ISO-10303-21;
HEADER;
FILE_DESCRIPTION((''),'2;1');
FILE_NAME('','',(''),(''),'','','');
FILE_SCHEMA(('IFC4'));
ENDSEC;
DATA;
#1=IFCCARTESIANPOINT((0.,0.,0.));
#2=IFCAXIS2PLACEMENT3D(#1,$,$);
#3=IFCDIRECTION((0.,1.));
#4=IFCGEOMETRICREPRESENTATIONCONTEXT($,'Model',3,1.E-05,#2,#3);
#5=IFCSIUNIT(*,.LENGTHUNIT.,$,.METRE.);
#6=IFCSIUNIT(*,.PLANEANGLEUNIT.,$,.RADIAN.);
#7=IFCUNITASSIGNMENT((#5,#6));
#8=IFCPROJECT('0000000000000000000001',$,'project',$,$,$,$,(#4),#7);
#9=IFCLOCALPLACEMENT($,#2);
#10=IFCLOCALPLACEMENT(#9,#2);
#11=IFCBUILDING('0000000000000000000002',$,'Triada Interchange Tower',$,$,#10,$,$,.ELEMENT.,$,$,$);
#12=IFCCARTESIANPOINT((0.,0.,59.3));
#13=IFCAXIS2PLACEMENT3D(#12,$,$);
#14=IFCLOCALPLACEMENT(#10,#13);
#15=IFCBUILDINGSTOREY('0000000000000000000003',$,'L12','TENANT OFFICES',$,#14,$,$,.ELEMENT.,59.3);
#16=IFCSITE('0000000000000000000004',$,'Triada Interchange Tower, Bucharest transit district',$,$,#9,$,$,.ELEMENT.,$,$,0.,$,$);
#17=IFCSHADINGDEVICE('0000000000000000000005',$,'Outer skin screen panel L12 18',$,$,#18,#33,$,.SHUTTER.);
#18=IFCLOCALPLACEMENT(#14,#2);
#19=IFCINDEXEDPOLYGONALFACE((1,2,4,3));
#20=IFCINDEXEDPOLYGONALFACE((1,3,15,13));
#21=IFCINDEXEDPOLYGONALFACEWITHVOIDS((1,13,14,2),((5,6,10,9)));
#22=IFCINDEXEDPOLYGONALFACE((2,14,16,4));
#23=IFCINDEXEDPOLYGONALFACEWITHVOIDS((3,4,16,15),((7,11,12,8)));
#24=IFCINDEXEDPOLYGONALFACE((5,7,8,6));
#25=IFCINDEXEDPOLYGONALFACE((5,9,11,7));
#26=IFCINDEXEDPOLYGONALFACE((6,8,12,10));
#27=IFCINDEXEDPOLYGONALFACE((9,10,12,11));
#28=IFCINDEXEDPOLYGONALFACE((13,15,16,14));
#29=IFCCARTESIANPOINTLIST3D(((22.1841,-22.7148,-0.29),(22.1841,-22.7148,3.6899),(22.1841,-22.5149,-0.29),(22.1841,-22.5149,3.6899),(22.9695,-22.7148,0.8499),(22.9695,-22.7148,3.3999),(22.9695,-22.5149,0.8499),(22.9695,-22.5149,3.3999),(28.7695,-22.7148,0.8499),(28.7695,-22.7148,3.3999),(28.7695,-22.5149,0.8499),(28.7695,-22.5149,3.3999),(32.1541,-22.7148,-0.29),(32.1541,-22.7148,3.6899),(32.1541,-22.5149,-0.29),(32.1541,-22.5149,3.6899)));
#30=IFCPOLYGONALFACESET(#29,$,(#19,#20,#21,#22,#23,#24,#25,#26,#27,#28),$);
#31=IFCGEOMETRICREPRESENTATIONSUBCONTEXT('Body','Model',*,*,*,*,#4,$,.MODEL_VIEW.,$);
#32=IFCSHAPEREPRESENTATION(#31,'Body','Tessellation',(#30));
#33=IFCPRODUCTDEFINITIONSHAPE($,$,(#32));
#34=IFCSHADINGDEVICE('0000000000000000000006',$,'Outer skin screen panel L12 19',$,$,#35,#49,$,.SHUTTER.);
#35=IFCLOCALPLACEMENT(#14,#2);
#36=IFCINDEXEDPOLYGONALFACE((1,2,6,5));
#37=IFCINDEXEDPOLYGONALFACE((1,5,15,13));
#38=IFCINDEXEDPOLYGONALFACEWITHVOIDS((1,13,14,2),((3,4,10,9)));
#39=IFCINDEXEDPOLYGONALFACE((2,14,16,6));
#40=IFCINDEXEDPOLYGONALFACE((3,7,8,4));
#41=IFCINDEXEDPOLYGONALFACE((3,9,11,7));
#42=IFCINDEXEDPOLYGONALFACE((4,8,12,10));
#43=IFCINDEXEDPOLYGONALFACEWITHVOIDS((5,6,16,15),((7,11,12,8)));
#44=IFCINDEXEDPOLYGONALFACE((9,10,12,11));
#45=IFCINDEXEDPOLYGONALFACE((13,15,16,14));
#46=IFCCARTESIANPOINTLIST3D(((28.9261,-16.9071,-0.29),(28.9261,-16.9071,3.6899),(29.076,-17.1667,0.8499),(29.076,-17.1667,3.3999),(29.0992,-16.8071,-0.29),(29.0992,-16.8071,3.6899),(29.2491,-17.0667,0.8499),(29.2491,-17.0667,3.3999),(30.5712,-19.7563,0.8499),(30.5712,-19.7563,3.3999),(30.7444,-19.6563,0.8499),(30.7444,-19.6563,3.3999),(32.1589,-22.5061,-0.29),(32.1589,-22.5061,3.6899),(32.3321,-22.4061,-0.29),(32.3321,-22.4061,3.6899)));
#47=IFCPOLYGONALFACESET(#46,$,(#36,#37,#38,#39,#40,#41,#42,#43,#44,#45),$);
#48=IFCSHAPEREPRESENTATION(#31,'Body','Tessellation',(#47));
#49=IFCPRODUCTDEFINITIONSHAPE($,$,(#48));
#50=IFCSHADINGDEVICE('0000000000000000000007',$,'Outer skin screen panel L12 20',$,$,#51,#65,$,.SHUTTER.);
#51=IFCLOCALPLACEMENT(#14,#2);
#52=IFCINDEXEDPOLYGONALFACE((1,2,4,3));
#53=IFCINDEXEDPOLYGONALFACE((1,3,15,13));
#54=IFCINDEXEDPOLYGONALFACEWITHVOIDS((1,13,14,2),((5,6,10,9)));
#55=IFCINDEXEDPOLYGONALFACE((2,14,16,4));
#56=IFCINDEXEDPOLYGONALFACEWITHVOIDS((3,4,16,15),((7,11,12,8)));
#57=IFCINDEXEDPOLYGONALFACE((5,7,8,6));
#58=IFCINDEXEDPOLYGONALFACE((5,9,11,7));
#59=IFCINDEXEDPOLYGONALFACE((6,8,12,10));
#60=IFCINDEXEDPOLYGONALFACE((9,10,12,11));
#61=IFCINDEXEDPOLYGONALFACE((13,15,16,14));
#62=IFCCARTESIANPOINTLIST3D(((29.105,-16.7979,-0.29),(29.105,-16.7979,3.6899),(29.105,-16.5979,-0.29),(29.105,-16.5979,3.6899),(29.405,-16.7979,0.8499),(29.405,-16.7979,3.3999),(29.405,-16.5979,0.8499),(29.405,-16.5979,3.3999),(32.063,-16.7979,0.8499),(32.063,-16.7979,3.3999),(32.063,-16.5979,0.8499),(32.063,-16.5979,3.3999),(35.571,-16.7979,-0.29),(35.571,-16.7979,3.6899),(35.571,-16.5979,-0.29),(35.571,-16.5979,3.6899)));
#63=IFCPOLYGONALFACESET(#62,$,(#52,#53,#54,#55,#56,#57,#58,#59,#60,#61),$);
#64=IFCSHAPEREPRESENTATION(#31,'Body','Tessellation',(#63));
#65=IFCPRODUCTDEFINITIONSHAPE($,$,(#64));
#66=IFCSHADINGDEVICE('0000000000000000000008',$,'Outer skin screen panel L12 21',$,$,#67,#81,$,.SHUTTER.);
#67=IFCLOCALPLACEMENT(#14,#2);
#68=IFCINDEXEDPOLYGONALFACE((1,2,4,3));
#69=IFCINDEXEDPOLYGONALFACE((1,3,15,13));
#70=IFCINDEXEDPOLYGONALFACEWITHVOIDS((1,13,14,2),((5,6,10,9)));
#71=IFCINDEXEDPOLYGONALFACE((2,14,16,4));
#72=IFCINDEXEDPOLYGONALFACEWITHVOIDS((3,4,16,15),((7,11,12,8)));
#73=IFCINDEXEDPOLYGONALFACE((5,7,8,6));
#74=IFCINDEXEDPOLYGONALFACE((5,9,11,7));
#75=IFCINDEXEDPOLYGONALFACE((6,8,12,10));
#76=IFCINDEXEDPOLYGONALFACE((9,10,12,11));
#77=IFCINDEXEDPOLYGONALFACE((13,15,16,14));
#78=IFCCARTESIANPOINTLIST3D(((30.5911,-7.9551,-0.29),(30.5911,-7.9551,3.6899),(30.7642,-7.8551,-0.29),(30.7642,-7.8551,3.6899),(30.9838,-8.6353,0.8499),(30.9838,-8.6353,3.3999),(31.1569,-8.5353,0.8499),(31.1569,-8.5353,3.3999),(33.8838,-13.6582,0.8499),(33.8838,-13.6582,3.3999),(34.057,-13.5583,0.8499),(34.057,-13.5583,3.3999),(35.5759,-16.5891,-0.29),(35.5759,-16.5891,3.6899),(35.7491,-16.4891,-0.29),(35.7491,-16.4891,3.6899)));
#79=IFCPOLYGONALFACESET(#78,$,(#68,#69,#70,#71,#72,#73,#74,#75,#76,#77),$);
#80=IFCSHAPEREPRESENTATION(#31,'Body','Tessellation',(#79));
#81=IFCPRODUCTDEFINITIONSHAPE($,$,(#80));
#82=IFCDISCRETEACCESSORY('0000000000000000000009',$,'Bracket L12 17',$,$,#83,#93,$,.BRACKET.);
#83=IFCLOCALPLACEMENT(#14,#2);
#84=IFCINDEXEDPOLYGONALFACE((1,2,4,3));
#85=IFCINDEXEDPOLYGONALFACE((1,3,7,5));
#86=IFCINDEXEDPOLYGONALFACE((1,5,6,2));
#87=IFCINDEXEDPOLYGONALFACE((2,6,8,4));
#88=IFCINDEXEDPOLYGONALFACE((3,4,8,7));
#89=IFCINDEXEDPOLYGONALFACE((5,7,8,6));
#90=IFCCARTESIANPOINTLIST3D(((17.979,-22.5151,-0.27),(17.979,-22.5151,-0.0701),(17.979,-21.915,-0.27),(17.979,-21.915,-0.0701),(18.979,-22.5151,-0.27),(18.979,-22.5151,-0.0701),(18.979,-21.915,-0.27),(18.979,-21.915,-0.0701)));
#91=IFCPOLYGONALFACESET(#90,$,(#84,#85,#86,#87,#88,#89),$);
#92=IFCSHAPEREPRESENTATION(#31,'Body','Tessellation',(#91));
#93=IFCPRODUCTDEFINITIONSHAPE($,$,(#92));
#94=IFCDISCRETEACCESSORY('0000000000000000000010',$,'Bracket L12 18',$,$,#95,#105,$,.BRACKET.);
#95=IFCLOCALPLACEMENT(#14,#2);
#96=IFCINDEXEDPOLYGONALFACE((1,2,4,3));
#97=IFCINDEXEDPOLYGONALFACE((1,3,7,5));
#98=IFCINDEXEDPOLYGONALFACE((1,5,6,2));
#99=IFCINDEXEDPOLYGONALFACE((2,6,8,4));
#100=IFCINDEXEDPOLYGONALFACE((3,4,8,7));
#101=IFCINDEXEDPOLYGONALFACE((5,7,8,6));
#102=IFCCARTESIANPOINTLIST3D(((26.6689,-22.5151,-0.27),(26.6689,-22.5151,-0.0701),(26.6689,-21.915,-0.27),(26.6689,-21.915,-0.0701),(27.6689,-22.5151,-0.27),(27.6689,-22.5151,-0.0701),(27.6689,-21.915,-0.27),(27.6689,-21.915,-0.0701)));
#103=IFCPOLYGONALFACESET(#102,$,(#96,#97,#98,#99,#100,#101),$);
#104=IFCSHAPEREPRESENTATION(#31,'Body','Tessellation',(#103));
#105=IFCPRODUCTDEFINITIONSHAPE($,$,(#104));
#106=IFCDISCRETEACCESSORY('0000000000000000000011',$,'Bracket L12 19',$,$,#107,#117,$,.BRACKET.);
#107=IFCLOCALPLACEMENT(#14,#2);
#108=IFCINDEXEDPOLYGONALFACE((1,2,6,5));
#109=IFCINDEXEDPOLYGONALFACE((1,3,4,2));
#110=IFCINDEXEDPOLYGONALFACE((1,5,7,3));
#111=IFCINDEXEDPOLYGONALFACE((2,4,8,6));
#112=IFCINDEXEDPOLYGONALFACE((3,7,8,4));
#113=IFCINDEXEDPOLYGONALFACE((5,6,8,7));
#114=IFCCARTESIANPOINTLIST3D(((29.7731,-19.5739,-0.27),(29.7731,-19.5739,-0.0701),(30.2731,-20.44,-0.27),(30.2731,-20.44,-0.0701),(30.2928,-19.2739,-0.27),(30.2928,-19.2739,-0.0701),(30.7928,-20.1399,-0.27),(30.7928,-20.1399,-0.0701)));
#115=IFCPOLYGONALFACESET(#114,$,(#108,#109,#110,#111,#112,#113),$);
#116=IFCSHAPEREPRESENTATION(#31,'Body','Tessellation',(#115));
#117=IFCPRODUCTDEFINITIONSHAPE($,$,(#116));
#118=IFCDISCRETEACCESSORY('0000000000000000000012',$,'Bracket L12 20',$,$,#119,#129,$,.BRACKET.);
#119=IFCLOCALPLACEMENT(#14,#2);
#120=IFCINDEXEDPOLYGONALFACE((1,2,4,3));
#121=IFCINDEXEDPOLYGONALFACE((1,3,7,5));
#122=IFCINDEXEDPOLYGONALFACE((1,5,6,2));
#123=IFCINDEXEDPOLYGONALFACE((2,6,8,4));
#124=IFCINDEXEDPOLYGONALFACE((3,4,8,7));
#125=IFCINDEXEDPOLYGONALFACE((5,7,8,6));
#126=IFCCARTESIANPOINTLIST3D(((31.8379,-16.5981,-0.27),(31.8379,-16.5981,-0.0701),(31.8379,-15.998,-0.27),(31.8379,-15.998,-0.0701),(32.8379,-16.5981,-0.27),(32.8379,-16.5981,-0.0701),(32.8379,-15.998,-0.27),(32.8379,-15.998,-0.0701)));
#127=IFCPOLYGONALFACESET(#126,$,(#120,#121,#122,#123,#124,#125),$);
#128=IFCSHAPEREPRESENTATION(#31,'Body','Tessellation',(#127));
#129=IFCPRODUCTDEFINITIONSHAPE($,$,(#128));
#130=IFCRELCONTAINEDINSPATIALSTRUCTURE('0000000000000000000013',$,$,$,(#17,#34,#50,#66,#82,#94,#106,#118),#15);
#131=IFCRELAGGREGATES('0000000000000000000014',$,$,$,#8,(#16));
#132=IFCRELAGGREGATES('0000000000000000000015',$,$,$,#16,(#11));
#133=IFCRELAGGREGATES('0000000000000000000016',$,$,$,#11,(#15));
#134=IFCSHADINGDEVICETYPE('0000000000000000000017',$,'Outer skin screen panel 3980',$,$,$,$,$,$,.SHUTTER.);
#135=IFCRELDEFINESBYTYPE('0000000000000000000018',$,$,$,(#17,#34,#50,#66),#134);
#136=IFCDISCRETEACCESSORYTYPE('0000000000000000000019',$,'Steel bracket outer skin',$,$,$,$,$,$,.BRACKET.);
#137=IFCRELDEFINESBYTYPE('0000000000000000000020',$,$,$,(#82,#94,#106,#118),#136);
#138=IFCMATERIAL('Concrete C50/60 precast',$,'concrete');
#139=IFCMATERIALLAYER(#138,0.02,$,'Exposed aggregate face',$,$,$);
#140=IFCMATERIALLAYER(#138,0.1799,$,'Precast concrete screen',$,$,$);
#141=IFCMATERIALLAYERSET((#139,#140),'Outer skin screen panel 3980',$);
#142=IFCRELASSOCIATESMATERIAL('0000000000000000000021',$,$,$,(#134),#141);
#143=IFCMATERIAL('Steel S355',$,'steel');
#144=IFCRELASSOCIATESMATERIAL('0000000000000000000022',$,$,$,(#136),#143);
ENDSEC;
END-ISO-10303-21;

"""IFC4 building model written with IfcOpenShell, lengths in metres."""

from ifc_helpers import new_model, si_unit, direction, frame, origin, origin_2d, place, context, subcontext, project, spatial, polyline, rectangle, outline, extrude, material, layer, layer_set, type_object, element, save


model = new_model("IFC4")

# Units and contexts
model_context = context("Model", 3, precision=1e-05, world=origin(), true_north=direction((0.0, 1.0)))
body_context = subcontext(model_context, "Body", "Model", "MODEL_VIEW")
ifc_project = project(units=[si_unit("LENGTHUNIT", "METRE"), si_unit("PLANEANGLEUNIT", "RADIAN")], contexts=[model_context])

# Site, building, storey
site_placement = place(None, origin())
site = spatial("IfcSite", under=ifc_project, at=site_placement, Name="Triada Interchange Tower, Bucharest transit district", CompositionType="ELEMENT", RefElevation=0.0)
building_placement = place(site_placement, origin())
building = spatial("IfcBuilding", under=site, at=building_placement, Name="Triada Interchange Tower", CompositionType="ELEMENT")
storey_placement = place(building_placement, frame((0.0, 0.0, 59.3)))
storey = spatial("IfcBuildingStorey", under=building, at=storey_placement, Name="L12", Description="TENANT OFFICES", CompositionType="ELEMENT", Elevation=59.3)

# Shading devices
ifc_material_1 = material(Name="Concrete C50/60 precast", Category="concrete")
ifc_layer_1 = layer(ifc_material_1, 0.02, Name="Exposed aggregate face")
ifc_layer_2 = layer(ifc_material_1, 0.1799, Name="Precast concrete screen")
ifc_layer_set_1 = layer_set([ifc_layer_1, ifc_layer_2], Name="Outer skin screen panel 3980")
shading_device_type = type_object("IfcShadingDeviceType", Name="Outer skin screen panel 3980", PredefinedType="SHUTTER", material=ifc_layer_set_1)
shading_device_1_placement = place(storey_placement, frame((22.1841, -22.5149, -0.29), z_axis=(0.0, 0.0, 1.0), x_axis=(1.0, 0.0, 0.0)))
element("IfcShadingDevice", 1, at=shading_device_1_placement, inside=storey, type_object=shading_device_type, Name="Outer skin screen panel L12 18", PredefinedType="SHUTTER", context=body_context, shape_type="SweptSolid", body=[
    extrude(outline(polyline([(0.0, 0.0), (9.97, 0.0), (9.97, 3.98), (0.0, 3.98), (0.0, 0.0)]), holes=[polyline([(0.7854, 1.1399), (0.7854, 3.6899), (6.5854, 3.6899), (6.5854, 1.1399), (0.7854, 1.1399)])]), frame((0.0, 0.0, 0.0), z_axis=(0.0, -1.0, 0.0), x_axis=(1.0, 0.0, 0.0)), (0.0, 0.0, 1.0), 0.2),
])
shading_device_2_placement = place(storey_placement, frame((32.1589, -22.5061, -0.29), z_axis=(0.0, 0.0, 1.0), x_axis=(-0.50003, 0.866008, 0.0)))
element("IfcShadingDevice", 2, at=shading_device_2_placement, inside=storey, type_object=shading_device_type, Name="Outer skin screen panel L12 19", PredefinedType="SHUTTER", context=body_context, shape_type="SweptSolid", body=[
    extrude(outline(polyline([(0.0, 0.0), (6.4653, 0.0), (6.4653, 3.98), (0.0, 3.98), (0.0, 0.0)]), holes=[polyline([(3.1753, 1.1399), (3.1753, 3.6899), (6.1655, 3.6899), (6.1655, 1.1399), (3.1753, 1.1399)])]), frame((0.0, 0.0, 0.0), z_axis=(0.0, -1.0, 0.0), x_axis=(1.0, 0.0, 0.0)), (0.0, 0.0, 1.0), 0.2),
])
shading_device_3_placement = place(storey_placement, frame((29.105, -16.5979, -0.29), z_axis=(0.0, 0.0, 1.0), x_axis=(1.0, 0.0, 0.0)))
element("IfcShadingDevice", 3, at=shading_device_3_placement, inside=storey, type_object=shading_device_type, Name="Outer skin screen panel L12 20", PredefinedType="SHUTTER", context=body_context, shape_type="SweptSolid", body=[
    extrude(outline(polyline([(0.0, 0.0), (6.4661, 0.0), (6.4661, 3.98), (0.0, 3.98), (0.0, 0.0)]), holes=[polyline([(0.3, 1.1399), (0.3, 3.6899), (2.958, 3.6899), (2.958, 1.1399), (0.3, 1.1399)])]), frame((0.0, 0.0, 0.0), z_axis=(0.0, -1.0, 0.0), x_axis=(1.0, 0.0, 0.0)), (0.0, 0.0, 1.0), 0.2),
])
shading_device_4_placement = place(storey_placement, frame((35.5759, -16.5891, -0.29), z_axis=(0.0, 0.0, 1.0), x_axis=(-0.5, 0.866025, 0.0)))
element("IfcShadingDevice", 4, at=shading_device_4_placement, inside=storey, type_object=shading_device_type, Name="Outer skin screen panel L12 21", PredefinedType="SHUTTER", context=body_context, shape_type="SweptSolid", body=[
    extrude(outline(polyline([(0.0, 0.0), (9.9697, 0.0), (9.9697, 3.98), (0.0, 3.98), (0.0, 0.0)]), holes=[polyline([(3.3843, 1.1399), (3.3843, 3.6899), (9.1843, 3.6899), (9.1843, 1.1399), (3.3843, 1.1399)])]), frame((0.0, 0.0, 0.0), z_axis=(0.0, -1.0, 0.0), x_axis=(1.0, 0.0, 0.0)), (0.0, 0.0, 1.0), 0.2),
])

# Discrete accessories
ifc_material_2 = material(Name="Steel S355", Category="steel")
discrete_accessory_type = type_object("IfcDiscreteAccessoryType", Name="Steel bracket outer skin", PredefinedType="BRACKET", material=ifc_material_2)
for number, where, z_axis, x_axis, name in (
    (5, (18.479, -22.2151, -0.27), (0.0, 0.0, 1.0), (0.0, -1.0, 0.0), "Bracket L12 17"),
    (6, (27.1689, -22.2151, -0.27), (0.0, 0.0, 1.0), (0.0, -1.0, 0.0), "Bracket L12 18"),
    (7, (30.283, -19.8569, -0.27), (0.0, 0.0, 1.0), (0.866037, 0.49998, 0.0), "Bracket L12 19"),
    (8, (32.3379, -16.2981, -0.27), (0.0, 0.0, 1.0), (0.0, -1.0, 0.0), "Bracket L12 20"),
):
    element("IfcDiscreteAccessory", number, at=place(storey_placement, frame(where, z_axis=z_axis, x_axis=x_axis)), inside=storey, type_object=discrete_accessory_type, Name=name, PredefinedType="BRACKET", context=body_context, shape_type="SweptSolid", body=[
        extrude(rectangle(XDim=0.6001, YDim=1.0, at=origin_2d()), origin(), (0.0, 0.0, 1.0), 0.2),
    ])

save(model, "model.ifc")
